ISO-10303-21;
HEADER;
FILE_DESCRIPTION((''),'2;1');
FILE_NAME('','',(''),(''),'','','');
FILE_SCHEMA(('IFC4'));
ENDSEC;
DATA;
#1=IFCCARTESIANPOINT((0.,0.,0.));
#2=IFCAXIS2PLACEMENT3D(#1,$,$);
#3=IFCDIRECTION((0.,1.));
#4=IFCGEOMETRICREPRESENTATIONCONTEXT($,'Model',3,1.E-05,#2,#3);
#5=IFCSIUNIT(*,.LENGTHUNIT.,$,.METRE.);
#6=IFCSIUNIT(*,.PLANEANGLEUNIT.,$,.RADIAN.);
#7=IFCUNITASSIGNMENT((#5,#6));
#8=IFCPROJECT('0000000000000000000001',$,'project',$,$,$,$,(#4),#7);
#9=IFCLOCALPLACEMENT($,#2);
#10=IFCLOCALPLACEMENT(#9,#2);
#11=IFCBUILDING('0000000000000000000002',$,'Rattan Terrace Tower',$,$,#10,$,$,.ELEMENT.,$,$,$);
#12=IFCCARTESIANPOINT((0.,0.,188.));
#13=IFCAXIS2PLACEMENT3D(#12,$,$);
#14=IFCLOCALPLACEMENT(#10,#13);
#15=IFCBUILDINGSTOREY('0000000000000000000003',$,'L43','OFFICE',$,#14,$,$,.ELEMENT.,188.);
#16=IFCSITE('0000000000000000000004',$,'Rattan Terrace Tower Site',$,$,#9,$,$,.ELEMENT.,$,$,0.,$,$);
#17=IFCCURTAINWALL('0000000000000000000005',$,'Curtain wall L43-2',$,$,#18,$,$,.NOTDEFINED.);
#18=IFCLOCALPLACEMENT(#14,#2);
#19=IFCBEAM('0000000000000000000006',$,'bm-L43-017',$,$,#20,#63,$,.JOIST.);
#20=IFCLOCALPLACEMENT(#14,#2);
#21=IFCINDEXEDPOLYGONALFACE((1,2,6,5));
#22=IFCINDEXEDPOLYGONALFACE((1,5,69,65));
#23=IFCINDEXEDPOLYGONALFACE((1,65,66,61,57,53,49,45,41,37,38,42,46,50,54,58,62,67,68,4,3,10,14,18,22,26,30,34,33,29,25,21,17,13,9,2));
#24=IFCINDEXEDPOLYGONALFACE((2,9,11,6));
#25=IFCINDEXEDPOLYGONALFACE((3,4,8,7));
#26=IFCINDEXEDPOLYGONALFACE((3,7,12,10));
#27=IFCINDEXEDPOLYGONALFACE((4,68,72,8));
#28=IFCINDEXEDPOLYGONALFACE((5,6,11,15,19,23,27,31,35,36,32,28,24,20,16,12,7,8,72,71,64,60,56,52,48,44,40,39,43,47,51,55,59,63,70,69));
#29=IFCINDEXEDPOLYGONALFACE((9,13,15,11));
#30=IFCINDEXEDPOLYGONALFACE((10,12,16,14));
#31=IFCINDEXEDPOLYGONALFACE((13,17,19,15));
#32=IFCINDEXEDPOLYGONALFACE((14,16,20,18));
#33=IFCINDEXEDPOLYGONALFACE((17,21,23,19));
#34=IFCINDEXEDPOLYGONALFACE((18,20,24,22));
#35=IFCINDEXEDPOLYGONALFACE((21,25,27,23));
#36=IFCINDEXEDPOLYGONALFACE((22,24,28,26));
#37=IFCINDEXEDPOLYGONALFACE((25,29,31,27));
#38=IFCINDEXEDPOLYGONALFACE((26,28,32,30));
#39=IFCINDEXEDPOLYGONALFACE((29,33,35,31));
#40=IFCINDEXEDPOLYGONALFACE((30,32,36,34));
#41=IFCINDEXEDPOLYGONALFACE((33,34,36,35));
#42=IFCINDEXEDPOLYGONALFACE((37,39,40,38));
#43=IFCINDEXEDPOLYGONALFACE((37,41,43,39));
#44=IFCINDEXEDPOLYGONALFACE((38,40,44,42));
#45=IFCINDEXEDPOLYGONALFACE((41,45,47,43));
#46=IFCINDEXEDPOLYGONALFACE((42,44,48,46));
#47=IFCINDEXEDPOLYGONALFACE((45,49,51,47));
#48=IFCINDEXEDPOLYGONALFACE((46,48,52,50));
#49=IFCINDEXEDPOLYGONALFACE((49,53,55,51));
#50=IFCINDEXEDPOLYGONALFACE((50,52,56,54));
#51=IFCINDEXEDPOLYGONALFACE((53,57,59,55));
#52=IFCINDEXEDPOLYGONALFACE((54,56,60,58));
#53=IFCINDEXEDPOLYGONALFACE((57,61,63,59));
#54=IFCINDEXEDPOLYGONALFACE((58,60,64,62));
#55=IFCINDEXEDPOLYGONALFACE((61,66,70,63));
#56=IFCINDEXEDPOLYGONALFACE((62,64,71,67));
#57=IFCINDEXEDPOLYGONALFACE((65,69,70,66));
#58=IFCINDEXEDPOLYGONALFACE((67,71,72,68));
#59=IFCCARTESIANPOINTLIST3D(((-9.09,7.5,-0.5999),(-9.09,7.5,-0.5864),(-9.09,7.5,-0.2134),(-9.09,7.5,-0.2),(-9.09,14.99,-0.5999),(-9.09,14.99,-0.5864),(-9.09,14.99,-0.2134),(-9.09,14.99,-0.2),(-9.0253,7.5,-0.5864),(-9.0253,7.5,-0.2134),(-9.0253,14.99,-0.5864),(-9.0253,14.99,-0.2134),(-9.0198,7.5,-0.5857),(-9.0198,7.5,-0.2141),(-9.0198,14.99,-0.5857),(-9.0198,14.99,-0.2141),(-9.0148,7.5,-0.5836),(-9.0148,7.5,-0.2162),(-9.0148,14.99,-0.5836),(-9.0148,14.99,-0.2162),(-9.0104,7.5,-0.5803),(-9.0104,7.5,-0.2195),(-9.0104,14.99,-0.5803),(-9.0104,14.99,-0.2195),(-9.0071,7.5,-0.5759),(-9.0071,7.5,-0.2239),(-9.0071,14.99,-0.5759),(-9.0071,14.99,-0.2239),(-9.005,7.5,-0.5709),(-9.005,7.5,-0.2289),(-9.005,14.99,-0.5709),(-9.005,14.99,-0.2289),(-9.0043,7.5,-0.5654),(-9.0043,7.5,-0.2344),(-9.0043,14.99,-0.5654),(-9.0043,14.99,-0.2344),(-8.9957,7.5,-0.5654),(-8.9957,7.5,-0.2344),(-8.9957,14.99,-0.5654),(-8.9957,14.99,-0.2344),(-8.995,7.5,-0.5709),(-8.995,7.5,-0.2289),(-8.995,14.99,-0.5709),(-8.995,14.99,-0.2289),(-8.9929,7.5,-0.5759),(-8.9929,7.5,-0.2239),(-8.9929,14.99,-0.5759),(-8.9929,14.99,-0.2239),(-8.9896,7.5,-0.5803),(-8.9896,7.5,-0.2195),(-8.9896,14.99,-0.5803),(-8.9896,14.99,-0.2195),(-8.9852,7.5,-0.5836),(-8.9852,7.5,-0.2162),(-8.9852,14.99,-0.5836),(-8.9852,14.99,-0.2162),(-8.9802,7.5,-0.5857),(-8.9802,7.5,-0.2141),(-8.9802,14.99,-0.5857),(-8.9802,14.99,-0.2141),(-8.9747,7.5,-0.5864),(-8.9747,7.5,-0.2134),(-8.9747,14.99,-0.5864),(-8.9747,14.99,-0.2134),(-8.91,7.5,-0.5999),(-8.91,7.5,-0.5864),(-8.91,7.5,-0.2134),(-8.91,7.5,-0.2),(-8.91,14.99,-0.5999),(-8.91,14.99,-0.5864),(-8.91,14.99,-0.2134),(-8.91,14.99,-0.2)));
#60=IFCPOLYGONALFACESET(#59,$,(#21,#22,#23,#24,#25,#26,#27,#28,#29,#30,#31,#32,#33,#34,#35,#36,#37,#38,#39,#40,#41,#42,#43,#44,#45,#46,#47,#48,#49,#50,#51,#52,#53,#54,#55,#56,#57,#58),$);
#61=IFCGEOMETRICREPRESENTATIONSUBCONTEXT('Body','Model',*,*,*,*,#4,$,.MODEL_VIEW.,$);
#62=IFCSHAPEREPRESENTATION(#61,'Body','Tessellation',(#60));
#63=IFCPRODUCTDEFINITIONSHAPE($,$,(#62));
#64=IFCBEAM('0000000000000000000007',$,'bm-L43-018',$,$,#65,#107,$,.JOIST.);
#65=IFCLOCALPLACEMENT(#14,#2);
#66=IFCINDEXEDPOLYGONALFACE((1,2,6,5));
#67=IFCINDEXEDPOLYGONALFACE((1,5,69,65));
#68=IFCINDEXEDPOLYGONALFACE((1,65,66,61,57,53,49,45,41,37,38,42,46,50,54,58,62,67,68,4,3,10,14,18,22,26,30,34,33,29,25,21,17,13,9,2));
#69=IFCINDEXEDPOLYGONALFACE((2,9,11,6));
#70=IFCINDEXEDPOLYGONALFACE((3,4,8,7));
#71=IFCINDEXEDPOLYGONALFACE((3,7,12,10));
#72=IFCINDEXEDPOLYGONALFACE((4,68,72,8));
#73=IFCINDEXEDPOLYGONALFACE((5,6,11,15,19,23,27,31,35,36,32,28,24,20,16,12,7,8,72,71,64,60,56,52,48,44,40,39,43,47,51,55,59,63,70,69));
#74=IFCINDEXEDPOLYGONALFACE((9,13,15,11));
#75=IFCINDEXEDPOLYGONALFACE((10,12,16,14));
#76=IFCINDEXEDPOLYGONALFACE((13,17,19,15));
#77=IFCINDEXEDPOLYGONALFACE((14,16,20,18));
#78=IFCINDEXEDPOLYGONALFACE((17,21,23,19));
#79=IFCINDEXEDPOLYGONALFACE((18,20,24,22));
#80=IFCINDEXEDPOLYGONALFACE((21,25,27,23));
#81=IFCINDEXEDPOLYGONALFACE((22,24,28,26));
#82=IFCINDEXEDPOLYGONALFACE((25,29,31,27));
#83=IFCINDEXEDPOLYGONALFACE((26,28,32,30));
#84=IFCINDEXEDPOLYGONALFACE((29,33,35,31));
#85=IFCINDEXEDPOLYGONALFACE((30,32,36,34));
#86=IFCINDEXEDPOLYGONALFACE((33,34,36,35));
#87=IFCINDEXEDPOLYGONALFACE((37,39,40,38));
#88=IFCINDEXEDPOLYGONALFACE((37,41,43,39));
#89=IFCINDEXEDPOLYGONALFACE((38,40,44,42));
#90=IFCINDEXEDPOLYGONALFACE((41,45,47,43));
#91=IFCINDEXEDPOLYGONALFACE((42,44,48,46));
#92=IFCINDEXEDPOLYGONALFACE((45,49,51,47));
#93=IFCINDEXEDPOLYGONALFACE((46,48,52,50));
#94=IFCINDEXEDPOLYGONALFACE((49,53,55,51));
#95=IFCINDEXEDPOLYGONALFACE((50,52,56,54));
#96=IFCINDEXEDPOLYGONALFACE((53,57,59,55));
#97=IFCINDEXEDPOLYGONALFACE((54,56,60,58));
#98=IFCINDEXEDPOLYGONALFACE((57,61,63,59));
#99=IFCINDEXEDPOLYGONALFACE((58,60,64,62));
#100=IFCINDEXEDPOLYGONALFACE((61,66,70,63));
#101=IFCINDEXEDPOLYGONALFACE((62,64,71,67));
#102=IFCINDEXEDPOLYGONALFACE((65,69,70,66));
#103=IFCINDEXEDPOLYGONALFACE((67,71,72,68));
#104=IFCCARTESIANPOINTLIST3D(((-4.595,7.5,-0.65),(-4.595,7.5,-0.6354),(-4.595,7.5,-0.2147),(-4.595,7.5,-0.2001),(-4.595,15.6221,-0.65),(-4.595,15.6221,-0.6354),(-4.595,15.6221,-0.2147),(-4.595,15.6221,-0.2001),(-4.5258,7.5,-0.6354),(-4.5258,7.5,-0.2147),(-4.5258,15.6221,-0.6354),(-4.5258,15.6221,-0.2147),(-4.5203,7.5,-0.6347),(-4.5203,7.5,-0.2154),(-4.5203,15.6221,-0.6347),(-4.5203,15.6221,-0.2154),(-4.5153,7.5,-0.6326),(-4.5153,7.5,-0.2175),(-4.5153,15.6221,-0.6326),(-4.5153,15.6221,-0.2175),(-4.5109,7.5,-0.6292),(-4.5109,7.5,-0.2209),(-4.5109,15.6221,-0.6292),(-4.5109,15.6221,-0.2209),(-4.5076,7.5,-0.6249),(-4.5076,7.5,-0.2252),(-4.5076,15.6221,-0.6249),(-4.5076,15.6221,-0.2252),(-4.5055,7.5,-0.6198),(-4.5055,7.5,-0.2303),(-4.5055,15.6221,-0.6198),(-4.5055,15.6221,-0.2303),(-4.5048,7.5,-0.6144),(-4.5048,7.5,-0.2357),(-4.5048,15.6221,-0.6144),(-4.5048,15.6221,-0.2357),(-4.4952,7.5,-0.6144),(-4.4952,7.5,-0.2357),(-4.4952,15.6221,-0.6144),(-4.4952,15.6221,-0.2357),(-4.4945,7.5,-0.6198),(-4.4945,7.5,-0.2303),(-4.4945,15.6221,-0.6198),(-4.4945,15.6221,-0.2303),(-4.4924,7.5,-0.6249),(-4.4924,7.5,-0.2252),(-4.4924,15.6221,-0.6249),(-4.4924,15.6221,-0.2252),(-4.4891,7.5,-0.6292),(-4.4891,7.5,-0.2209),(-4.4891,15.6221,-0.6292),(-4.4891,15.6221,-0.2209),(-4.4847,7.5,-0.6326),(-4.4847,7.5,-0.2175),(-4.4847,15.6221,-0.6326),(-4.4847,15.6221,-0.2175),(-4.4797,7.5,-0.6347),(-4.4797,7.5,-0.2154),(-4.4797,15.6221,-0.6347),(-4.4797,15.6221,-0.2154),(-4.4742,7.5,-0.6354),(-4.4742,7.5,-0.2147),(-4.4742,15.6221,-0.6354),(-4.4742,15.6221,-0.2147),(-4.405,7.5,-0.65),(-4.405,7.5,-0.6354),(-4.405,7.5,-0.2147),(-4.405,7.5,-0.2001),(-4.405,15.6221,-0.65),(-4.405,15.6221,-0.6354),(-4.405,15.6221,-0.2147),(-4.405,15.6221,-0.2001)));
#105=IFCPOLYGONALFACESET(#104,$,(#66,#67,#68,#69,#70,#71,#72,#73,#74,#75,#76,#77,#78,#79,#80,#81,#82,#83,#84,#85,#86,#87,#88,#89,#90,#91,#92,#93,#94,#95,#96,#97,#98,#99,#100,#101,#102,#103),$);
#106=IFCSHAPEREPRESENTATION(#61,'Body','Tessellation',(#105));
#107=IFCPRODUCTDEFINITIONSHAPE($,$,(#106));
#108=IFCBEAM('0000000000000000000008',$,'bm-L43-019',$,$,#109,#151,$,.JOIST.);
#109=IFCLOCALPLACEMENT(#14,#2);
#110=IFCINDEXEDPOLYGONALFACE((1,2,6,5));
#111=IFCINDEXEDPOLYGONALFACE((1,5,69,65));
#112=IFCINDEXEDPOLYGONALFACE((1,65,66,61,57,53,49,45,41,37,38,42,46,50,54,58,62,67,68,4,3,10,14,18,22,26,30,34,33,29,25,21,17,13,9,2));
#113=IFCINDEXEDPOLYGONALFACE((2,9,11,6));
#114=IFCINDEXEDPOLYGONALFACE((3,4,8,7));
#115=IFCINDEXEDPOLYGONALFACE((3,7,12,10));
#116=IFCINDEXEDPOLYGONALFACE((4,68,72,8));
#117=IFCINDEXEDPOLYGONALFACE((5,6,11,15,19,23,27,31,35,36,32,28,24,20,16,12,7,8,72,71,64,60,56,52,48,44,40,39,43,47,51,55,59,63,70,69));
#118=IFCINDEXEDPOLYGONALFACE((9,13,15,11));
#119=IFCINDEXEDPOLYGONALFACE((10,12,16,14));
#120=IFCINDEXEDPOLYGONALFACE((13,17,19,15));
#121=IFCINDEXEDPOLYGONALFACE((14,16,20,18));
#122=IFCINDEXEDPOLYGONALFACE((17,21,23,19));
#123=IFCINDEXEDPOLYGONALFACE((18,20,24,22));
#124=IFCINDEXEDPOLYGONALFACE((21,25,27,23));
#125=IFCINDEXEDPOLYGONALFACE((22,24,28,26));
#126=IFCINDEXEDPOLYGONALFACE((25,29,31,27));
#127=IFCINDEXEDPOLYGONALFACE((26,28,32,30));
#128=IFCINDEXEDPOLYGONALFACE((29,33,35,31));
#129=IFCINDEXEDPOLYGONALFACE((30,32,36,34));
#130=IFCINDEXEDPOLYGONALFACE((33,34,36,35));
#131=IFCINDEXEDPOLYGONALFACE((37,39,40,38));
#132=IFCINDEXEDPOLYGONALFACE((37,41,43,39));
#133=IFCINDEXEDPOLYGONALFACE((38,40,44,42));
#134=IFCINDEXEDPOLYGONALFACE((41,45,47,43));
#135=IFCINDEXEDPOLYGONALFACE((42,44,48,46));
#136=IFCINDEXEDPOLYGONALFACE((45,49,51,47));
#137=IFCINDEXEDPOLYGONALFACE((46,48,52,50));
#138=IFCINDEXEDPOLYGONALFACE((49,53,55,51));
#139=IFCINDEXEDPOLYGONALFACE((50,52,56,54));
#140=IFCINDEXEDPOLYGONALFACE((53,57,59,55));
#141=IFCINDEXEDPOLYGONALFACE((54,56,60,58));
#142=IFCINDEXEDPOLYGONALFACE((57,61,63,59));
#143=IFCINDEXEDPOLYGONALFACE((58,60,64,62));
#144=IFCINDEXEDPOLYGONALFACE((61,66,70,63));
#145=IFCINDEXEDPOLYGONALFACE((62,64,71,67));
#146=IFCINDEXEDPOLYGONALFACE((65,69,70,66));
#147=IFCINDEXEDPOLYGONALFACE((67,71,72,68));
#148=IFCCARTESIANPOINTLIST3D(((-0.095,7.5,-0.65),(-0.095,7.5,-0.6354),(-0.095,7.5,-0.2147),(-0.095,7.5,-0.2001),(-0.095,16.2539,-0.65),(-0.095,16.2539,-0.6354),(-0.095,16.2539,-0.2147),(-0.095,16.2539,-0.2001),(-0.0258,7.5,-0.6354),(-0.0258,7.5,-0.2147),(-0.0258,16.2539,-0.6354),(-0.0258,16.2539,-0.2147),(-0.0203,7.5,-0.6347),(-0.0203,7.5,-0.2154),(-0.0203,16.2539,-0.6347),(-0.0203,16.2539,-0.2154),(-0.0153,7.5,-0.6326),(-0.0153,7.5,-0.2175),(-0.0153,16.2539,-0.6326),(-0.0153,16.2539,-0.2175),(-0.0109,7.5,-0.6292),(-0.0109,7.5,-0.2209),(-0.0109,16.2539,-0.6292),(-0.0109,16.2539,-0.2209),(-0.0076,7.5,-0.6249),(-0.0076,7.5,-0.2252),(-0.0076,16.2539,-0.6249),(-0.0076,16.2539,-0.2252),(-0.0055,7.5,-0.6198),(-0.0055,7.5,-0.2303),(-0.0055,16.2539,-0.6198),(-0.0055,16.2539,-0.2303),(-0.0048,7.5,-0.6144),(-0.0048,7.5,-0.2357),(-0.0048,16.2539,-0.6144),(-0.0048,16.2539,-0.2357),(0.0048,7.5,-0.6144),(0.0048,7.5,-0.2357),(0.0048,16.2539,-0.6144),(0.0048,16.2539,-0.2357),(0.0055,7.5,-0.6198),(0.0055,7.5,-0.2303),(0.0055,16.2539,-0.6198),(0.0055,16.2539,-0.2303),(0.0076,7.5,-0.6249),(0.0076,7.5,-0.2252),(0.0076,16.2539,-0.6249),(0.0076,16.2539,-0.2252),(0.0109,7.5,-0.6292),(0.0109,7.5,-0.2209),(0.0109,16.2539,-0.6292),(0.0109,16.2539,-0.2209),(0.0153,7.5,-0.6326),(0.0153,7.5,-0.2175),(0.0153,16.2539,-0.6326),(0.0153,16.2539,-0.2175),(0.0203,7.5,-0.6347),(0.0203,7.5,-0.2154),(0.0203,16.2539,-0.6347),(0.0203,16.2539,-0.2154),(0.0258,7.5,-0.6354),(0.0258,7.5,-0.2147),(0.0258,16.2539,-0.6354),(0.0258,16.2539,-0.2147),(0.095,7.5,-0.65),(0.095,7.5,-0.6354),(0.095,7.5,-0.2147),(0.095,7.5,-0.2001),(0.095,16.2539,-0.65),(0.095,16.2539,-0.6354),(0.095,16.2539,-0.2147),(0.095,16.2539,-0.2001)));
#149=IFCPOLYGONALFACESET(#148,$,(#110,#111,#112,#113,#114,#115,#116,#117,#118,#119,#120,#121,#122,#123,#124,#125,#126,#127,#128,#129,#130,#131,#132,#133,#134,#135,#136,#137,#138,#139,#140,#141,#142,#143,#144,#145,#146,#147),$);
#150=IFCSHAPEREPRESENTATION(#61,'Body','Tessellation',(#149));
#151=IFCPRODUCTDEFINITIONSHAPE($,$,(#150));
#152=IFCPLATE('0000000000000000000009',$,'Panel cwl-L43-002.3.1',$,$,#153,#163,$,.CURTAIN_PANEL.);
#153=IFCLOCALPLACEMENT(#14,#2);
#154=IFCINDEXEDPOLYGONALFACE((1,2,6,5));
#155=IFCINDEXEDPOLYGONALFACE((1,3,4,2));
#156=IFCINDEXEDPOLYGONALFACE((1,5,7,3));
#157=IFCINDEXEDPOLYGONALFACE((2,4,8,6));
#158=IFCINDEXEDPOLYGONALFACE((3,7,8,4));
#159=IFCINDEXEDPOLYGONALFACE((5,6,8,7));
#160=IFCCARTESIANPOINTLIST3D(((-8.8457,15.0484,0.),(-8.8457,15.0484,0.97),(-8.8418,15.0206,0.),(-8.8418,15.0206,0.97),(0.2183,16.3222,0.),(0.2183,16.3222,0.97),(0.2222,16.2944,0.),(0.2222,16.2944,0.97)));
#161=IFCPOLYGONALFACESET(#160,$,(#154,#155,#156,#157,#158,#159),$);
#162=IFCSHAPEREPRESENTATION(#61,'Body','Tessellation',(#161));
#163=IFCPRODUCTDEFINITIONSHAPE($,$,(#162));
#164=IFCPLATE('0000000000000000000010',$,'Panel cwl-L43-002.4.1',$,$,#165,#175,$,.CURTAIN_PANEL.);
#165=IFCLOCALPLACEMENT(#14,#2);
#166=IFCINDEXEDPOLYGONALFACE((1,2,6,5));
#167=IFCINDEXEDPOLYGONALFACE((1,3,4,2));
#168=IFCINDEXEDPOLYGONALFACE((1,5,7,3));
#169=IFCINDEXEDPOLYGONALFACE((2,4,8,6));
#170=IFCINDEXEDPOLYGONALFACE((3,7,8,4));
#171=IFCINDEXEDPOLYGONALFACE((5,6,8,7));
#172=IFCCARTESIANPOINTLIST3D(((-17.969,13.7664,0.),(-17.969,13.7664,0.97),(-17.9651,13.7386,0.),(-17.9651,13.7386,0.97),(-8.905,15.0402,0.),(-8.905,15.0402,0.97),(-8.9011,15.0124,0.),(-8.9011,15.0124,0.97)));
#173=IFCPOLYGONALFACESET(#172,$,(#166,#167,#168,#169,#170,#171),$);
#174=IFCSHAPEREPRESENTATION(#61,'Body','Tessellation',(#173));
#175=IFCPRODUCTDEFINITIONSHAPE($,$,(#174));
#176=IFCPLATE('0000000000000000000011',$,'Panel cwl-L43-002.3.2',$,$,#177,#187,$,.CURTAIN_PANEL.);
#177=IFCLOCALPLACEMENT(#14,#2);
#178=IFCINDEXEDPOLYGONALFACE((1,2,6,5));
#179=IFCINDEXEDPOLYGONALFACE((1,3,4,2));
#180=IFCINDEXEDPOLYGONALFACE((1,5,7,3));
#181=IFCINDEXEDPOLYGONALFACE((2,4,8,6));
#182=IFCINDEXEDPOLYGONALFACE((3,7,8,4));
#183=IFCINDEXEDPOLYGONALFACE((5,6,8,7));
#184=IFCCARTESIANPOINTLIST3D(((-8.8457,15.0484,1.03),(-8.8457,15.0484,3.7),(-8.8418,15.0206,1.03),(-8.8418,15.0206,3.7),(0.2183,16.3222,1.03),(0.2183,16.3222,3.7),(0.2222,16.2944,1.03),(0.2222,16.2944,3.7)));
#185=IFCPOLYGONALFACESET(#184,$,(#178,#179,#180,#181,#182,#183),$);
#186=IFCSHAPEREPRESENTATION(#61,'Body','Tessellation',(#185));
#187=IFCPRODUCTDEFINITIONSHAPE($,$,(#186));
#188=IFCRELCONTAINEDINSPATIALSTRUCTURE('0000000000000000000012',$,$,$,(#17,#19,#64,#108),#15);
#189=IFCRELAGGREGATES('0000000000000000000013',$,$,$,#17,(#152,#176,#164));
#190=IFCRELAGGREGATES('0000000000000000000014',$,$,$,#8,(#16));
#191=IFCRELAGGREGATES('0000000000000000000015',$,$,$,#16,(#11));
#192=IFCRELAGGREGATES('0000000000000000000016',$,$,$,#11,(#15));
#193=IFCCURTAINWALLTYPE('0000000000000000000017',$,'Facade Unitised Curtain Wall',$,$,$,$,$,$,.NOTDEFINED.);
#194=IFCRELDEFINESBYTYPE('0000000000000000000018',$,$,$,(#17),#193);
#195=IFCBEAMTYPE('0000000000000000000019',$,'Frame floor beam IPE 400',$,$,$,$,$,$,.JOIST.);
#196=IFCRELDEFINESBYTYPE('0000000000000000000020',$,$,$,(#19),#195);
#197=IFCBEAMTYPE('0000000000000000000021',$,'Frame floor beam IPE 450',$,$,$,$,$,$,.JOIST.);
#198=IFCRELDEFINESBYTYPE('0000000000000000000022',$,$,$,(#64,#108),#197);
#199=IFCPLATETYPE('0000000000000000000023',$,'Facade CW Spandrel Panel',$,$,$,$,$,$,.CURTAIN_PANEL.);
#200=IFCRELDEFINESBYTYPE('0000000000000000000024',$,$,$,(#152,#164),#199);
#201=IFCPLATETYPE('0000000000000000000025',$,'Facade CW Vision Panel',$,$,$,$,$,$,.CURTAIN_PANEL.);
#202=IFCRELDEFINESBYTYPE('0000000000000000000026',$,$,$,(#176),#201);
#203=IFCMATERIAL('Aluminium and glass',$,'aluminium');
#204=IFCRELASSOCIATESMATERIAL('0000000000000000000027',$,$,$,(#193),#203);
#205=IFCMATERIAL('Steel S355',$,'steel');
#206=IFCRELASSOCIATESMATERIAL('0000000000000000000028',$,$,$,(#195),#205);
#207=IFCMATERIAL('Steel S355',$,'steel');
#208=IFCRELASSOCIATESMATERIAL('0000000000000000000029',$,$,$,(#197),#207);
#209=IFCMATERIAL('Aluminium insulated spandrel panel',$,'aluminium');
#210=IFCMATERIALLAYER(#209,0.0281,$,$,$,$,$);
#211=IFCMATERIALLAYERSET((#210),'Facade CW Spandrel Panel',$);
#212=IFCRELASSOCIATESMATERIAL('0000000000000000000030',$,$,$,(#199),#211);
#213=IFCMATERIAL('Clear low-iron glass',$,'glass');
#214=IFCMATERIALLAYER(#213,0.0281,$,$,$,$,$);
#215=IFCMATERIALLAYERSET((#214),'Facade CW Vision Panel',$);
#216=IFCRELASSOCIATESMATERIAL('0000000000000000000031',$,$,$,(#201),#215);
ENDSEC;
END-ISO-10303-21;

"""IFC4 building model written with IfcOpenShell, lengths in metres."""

from ifc_helpers import new_model, si_unit, direction, frame, origin, origin_2d, place, context, subcontext, project, spatial, rectangle, i_section, extrude, material, layer, layer_set, material_profile, profile_set, type_object, element, aggregate, save


model = new_model("IFC4")

# Units and contexts
model_context = context("Model", 3, precision=1e-05, world=origin(), true_north=direction((0.0, 1.0)))
body_context = subcontext(model_context, "Body", "Model", "MODEL_VIEW")
ifc_project = project(units=[si_unit("LENGTHUNIT", "METRE"), si_unit("PLANEANGLEUNIT", "RADIAN")], contexts=[model_context])

# Site, building, storey
site_placement = place(None, origin())
site = spatial("IfcSite", under=ifc_project, at=site_placement, Name="Rattan Terrace Tower Site", CompositionType="ELEMENT", RefElevation=0.0)
building_placement = place(site_placement, origin())
building = spatial("IfcBuilding", under=site, at=building_placement, Name="Rattan Terrace Tower", CompositionType="ELEMENT")
storey_placement = place(building_placement, frame((0.0, 0.0, 188.0)))
storey = spatial("IfcBuildingStorey", under=building, at=storey_placement, Name="L43", Description="OFFICE", CompositionType="ELEMENT", Elevation=188.0)

# Curtain wall
ifc_material_1 = material(Name="Aluminium and glass", Category="aluminium")
curtain_wall_type = type_object("IfcCurtainWallType", Name="Facade Unitised Curtain Wall", PredefinedType="NOTDEFINED", material=ifc_material_1)
curtain_wall_placement = place(storey_placement, origin())
curtain_wall = element("IfcCurtainWall", 1, at=curtain_wall_placement, inside=storey, type_object=curtain_wall_type, Name="Curtain wall L43-2", PredefinedType="NOTDEFINED")

# Beams
ifc_material_2 = material(Name="Steel S355", Category="steel")
ifc_material_profile_1 = material_profile(ifc_material_2, i_section(OverallWidth=0.1799, OverallDepth=0.3999, WebThickness=0.0085, FlangeThickness=0.0134, FilletRadius=0.021, at=origin_2d()), Name="IPE 400")
ifc_profile_set_1 = profile_set([ifc_material_profile_1], Name="Steel S355")
beam_type_1 = type_object("IfcBeamType", Name="Frame floor beam IPE 400", PredefinedType="JOIST", material=ifc_profile_set_1)
beam_1_placement = place(storey_placement, frame((-9.0, 7.5, -0.3999), z_axis=(0.0, 1.0, 0.0), x_axis=(-1.0, 0.0, 0.0)))
element("IfcBeam", 2, at=beam_1_placement, inside=storey, type_object=beam_type_1, Name="bm-L43-017", PredefinedType="JOIST", context=body_context, shape_type="SweptSolid", body=[
    extrude(i_section(OverallWidth=0.1799, OverallDepth=0.3999, WebThickness=0.0085, FlangeThickness=0.0134, FilletRadius=0.021, at=origin_2d()), origin(), (0.0, 0.0, 1.0), 7.49),
])
ifc_material_3 = material(Name="Steel S355", Category="steel")
ifc_material_profile_2 = material_profile(ifc_material_3, i_section(OverallWidth=0.1899, OverallDepth=0.45, WebThickness=0.0095, FlangeThickness=0.0146, FilletRadius=0.021, at=origin_2d()), Name="IPE 450")
ifc_profile_set_2 = profile_set([ifc_material_profile_2], Name="Steel S355")
beam_type_2 = type_object("IfcBeamType", Name="Frame floor beam IPE 450", PredefinedType="JOIST", material=ifc_profile_set_2)
beam_2_placement = place(storey_placement, frame((-4.5, 7.5, -0.425), z_axis=(0.0, 1.0, 0.0), x_axis=(-1.0, 0.0, 0.0)))
element("IfcBeam", 3, at=beam_2_placement, inside=storey, type_object=beam_type_2, Name="bm-L43-018", PredefinedType="JOIST", context=body_context, shape_type="SweptSolid", body=[
    extrude(i_section(OverallWidth=0.1899, OverallDepth=0.45, WebThickness=0.0095, FlangeThickness=0.0146, FilletRadius=0.021, at=origin_2d()), origin(), (0.0, 0.0, 1.0), 8.1221),
])
beam_3_placement = place(storey_placement, frame((0.0, 7.5, -0.425), z_axis=(0.0, 1.0, 0.0), x_axis=(-1.0, 0.0, 0.0)))
element("IfcBeam", 4, at=beam_3_placement, inside=storey, type_object=beam_type_2, Name="bm-L43-019", PredefinedType="JOIST", context=body_context, shape_type="SweptSolid", body=[
    extrude(i_section(OverallWidth=0.1899, OverallDepth=0.45, WebThickness=0.0095, FlangeThickness=0.0146, FilletRadius=0.021, at=origin_2d()), origin(), (0.0, 0.0, 1.0), 8.7539),
])

# Plates
ifc_material_4 = material(Name="Aluminium insulated spandrel panel", Category="aluminium")
ifc_layer_1 = layer(ifc_material_4, 0.0281)
ifc_layer_set_1 = layer_set([ifc_layer_1], Name="Facade CW Spandrel Panel")
plate_type_1 = type_object("IfcPlateType", Name="Facade CW Spandrel Panel", PredefinedType="CURTAIN_PANEL", material=ifc_layer_set_1)
plate_1_placement = place(storey_placement, frame((-4.3118, 15.6714, 0.0), z_axis=(0.0, 0.0, 1.0), x_axis=(-0.99027, -0.139161, 0.0)))
plate_1 = element("IfcPlate", 5, at=plate_1_placement, type_object=plate_type_1, Name="Panel cwl-L43-002.3.1", PredefinedType="CURTAIN_PANEL", context=body_context, shape_type="SweptSolid", body=[
    extrude(rectangle(XDim=9.1531, YDim=0.0281, at=origin_2d()), origin(), (0.0, 0.0, 1.0), 0.97),
])
plate_2_placement = place(storey_placement, frame((-13.4351, 14.3894, 0.0), z_axis=(0.0, 0.0, 1.0), x_axis=(-0.99027, -0.139161, 0.0)))
plate_2 = element("IfcPlate", 6, at=plate_2_placement, type_object=plate_type_1, Name="Panel cwl-L43-002.4.1", PredefinedType="CURTAIN_PANEL", context=body_context, shape_type="SweptSolid", body=[
    extrude(rectangle(XDim=9.1531, YDim=0.0281, at=origin_2d()), origin(), (0.0, 0.0, 1.0), 0.97),
])
ifc_material_5 = material(Name="Clear low-iron glass", Category="glass")
ifc_layer_2 = layer(ifc_material_5, 0.0281)
ifc_layer_set_2 = layer_set([ifc_layer_2], Name="Facade CW Vision Panel")
plate_type_2 = type_object("IfcPlateType", Name="Facade CW Vision Panel", PredefinedType="CURTAIN_PANEL", material=ifc_layer_set_2)
plate_3_placement = place(storey_placement, frame((-4.3118, 15.6714, 1.03), z_axis=(0.0, 0.0, 1.0), x_axis=(-0.99027, -0.139161, 0.0)))
plate_3 = element("IfcPlate", 7, at=plate_3_placement, type_object=plate_type_2, Name="Panel cwl-L43-002.3.2", PredefinedType="CURTAIN_PANEL", context=body_context, shape_type="SweptSolid", body=[
    extrude(rectangle(XDim=9.1531, YDim=0.0281, at=origin_2d()), origin(), (0.0, 0.0, 1.0), 2.6699),
])
aggregate(curtain_wall, [plate_1, plate_3, plate_2])

save(model, "model.ifc")
